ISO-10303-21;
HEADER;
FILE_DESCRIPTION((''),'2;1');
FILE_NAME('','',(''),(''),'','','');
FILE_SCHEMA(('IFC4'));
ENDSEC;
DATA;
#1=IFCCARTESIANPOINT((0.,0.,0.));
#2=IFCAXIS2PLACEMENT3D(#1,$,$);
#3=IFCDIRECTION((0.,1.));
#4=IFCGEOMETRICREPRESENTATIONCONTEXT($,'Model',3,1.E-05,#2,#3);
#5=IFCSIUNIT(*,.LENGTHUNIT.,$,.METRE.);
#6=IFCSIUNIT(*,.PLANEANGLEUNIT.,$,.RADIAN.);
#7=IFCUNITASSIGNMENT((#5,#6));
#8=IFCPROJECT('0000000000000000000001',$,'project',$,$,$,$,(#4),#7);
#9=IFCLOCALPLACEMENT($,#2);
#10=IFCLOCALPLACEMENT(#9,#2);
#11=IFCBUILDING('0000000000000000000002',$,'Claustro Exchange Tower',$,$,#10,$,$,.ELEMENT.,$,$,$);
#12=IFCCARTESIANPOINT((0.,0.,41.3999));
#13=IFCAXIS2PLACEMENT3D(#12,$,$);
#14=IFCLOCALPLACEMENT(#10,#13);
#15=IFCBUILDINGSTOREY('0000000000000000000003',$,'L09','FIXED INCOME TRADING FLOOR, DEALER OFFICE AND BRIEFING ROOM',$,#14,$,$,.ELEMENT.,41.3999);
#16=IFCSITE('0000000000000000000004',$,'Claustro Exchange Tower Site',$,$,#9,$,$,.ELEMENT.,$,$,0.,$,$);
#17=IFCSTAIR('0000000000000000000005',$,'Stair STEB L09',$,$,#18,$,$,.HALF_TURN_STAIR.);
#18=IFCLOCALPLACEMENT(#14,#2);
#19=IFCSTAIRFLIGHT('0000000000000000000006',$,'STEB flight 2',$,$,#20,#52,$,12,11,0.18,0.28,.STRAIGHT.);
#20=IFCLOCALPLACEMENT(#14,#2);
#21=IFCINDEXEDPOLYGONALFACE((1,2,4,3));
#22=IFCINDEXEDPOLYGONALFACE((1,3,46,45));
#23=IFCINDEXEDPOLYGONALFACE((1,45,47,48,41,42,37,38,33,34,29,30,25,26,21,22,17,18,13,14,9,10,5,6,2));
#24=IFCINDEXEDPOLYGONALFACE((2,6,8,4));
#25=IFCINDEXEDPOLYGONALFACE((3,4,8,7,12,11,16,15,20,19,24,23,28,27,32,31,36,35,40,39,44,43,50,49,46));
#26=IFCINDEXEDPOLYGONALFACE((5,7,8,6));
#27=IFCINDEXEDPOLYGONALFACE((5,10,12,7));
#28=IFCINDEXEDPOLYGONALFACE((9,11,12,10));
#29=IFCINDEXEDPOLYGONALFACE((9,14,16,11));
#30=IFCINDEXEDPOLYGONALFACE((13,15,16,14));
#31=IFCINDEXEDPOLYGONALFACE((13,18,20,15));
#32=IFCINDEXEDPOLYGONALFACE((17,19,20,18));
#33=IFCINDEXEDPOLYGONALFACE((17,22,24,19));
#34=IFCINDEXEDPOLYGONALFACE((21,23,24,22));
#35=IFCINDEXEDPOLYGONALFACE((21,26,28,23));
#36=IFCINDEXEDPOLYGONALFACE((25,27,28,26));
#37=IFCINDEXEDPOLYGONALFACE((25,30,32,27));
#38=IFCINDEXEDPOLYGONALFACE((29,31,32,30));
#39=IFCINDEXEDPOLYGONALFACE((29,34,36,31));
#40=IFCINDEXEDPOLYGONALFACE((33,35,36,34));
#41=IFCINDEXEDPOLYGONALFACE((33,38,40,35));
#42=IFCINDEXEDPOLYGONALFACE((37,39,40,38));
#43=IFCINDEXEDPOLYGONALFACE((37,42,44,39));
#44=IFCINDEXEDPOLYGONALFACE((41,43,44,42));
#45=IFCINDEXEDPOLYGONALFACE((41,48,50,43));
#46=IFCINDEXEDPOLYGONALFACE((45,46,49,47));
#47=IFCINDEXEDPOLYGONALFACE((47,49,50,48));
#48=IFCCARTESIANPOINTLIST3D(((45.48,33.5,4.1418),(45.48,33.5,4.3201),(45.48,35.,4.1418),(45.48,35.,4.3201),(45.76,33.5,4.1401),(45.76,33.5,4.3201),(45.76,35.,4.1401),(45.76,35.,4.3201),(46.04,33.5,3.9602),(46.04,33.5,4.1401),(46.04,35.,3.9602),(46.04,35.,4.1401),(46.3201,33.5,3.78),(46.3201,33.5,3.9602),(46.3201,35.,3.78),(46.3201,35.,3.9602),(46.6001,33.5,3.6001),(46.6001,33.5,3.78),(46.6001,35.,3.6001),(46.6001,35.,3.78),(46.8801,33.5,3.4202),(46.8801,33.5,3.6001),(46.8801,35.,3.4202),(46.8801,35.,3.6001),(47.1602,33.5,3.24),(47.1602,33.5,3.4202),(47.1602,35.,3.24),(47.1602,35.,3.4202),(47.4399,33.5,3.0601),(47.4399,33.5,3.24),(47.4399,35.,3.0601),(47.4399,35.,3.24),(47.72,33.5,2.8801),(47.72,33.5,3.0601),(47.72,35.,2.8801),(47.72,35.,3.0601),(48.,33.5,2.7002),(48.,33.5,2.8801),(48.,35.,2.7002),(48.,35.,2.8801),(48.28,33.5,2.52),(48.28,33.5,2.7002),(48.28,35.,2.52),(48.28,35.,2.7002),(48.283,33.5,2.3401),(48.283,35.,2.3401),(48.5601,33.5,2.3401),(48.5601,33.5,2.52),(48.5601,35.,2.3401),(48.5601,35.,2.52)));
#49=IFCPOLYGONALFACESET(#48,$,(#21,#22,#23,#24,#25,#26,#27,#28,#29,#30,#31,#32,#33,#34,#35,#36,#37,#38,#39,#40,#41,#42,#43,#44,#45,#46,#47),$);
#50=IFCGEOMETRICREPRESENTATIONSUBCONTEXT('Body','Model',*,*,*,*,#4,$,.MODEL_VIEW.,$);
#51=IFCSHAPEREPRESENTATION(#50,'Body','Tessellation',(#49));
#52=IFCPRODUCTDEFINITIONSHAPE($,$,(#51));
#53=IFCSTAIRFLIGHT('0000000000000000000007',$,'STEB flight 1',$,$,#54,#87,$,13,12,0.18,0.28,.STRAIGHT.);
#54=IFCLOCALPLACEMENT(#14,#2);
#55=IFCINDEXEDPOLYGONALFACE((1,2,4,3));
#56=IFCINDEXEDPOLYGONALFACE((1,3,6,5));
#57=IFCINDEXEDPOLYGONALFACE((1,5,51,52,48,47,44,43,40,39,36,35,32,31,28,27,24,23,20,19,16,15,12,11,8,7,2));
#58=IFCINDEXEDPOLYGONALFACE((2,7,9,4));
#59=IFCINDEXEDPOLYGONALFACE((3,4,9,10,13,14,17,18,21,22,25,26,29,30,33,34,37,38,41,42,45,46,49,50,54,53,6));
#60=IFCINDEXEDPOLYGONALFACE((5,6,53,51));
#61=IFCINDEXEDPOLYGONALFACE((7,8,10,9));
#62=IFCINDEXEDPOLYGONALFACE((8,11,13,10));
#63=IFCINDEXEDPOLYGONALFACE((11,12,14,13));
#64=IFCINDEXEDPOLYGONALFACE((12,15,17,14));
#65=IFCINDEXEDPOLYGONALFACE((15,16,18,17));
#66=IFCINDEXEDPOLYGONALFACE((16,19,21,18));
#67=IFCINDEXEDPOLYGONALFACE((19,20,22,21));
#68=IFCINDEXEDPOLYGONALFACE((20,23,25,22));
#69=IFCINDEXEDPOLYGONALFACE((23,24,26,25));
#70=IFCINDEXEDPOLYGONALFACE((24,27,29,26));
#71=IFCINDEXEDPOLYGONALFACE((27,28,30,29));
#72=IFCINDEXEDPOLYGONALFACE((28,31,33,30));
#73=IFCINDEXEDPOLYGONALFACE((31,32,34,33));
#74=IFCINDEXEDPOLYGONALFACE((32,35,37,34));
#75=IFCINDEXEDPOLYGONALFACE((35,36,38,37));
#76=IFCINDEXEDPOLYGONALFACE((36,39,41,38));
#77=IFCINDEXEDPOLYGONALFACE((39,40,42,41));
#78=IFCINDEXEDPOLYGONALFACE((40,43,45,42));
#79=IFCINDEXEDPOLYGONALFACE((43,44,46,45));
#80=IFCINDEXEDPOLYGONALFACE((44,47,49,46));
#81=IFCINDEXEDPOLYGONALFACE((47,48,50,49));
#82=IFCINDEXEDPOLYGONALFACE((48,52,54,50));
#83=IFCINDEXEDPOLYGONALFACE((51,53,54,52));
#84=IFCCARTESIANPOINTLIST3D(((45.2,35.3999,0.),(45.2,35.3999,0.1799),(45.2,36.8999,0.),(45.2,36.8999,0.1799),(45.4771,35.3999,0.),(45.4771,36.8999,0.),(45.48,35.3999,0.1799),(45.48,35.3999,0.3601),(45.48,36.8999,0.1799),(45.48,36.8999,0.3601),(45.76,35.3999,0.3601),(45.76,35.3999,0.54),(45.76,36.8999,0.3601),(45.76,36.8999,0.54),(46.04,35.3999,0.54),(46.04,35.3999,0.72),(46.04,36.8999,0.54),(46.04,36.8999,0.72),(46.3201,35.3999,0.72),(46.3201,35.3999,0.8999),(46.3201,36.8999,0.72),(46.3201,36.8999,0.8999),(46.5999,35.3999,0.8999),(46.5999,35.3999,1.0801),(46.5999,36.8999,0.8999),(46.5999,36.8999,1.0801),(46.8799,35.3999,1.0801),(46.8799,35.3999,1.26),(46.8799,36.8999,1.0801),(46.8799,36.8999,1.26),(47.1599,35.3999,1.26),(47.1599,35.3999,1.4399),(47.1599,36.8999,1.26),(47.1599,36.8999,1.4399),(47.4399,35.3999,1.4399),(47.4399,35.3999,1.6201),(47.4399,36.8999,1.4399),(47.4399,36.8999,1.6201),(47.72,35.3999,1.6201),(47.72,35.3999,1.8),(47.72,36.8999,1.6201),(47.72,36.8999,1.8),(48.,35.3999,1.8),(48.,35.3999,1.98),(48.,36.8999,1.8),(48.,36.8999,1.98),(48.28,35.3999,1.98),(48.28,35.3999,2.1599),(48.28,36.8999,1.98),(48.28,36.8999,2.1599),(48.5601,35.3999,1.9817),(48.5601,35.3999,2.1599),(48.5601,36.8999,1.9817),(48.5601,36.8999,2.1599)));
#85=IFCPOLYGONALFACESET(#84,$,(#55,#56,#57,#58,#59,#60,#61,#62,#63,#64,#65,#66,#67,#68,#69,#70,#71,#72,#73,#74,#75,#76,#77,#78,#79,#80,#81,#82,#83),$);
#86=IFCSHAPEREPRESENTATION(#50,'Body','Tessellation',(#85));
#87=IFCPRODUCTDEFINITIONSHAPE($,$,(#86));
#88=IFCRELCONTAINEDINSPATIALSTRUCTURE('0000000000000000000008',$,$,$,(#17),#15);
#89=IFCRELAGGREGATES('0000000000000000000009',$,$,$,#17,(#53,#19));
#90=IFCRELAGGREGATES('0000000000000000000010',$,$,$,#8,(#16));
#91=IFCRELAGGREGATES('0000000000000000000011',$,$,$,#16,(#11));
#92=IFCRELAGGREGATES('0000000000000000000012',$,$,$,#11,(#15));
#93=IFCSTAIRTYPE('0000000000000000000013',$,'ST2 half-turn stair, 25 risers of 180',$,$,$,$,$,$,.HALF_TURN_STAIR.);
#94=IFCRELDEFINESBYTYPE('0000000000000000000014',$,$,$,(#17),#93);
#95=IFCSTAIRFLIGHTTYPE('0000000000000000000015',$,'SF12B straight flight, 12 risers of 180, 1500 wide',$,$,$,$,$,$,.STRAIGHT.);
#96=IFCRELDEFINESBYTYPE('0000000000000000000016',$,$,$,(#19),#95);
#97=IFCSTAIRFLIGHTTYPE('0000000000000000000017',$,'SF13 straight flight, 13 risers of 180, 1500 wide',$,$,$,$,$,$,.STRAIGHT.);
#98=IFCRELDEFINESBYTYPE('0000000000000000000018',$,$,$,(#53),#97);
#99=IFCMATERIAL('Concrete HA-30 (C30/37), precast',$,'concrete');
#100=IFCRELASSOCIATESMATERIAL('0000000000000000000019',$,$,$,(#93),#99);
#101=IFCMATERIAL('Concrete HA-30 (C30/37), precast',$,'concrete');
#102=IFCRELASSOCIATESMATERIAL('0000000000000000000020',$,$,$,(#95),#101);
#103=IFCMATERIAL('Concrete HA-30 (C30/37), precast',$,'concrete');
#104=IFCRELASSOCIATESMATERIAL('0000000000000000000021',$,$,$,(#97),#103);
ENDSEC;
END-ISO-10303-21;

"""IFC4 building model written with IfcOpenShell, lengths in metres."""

from ifc_helpers import new_model, si_unit, direction, frame, origin, place, context, subcontext, project, spatial, polyline, outline, extrude, material, type_object, element, aggregate, save


model = new_model("IFC4")

# Units and contexts
model_context = context("Model", 3, precision=1e-05, world=origin(), true_north=direction((0.0, 1.0)))
body_context = subcontext(model_context, "Body", "Model", "MODEL_VIEW")
ifc_project = project(units=[si_unit("LENGTHUNIT", "METRE"), si_unit("PLANEANGLEUNIT", "RADIAN")], contexts=[model_context])

# Site, building, storey
site_placement = place(None, origin())
site = spatial("IfcSite", under=ifc_project, at=site_placement, Name="Claustro Exchange Tower Site", CompositionType="ELEMENT", RefElevation=0.0)
building_placement = place(site_placement, origin())
building = spatial("IfcBuilding", under=site, at=building_placement, Name="Claustro Exchange Tower", CompositionType="ELEMENT")
storey_placement = place(building_placement, frame((0.0, 0.0, 41.3999)))
storey = spatial("IfcBuildingStorey", under=building, at=storey_placement, Name="L09", Description="FIXED INCOME TRADING FLOOR, DEALER OFFICE AND BRIEFING ROOM", CompositionType="ELEMENT", Elevation=41.3999)

# Stair, stair flights
ifc_material_1 = material(Name="Concrete HA-30 (C30/37), precast", Category="concrete")
stair_type = type_object("IfcStairType", Name="ST2 half-turn stair, 25 risers of 180", PredefinedType="HALF_TURN_STAIR", material=ifc_material_1)
stair_placement = place(storey_placement, origin())
stair = element("IfcStair", 1, at=stair_placement, inside=storey, type_object=stair_type, Name="Stair STEB L09", PredefinedType="HALF_TURN_STAIR")
ifc_material_2 = material(Name="Concrete HA-30 (C30/37), precast", Category="concrete")
stair_flight_type_1 = type_object("IfcStairFlightType", Name="SF12B straight flight, 12 risers of 180, 1500 wide", PredefinedType="STRAIGHT", material=ifc_material_2)
stair_flight_1_placement = place(storey_placement, frame((48.5601, 34.25, 2.3401), z_axis=(0.0, 0.0, 1.0), x_axis=(-1.0, 0.0, 0.0)))
stair_flight_1 = element("IfcStairFlight", 2, at=stair_flight_1_placement, type_object=stair_flight_type_1, Name="STEB flight 2", NumberOfRisers=12, NumberOfTreads=11, PredefinedType="STRAIGHT", RiserHeight=0.18, TreadLength=0.28, context=body_context, shape_type="SweptSolid", body=[
    extrude(outline(polyline([(0.0, 0.0), (0.0, 0.1799), (0.28, 0.1799), (0.28, 0.3601), (0.5601, 0.3601), (0.5601, 0.54), (0.8401, 0.54), (0.8401, 0.72), (1.1201, 0.72), (1.1201, 0.8999), (1.3999, 0.8999), (1.3999, 1.0801), (1.6799, 1.0801), (1.6799, 1.26), (1.96, 1.26), (1.96, 1.4399), (2.24, 1.4399), (2.24, 1.6201), (2.52, 1.6201), (2.52, 1.8), (2.8, 1.8), (2.8, 1.98), (3.0801, 1.98), (3.0801, 2.1599), (3.0801, 1.8018), (0.2771, 0.0), (0.0, 0.0)])), frame((0.0, 0.75, 0.0), z_axis=(0.0, -1.0, 0.0), x_axis=(1.0, 0.0, 0.0)), (0.0, 0.0, 1.0), 1.5),
])
ifc_material_3 = material(Name="Concrete HA-30 (C30/37), precast", Category="concrete")
stair_flight_type_2 = type_object("IfcStairFlightType", Name="SF13 straight flight, 13 risers of 180, 1500 wide", PredefinedType="STRAIGHT", material=ifc_material_3)
stair_flight_2_placement = place(storey_placement, frame((45.2, 36.1499, 0.0), z_axis=(0.0, 0.0, 1.0), x_axis=(1.0, 0.0, 0.0)))
stair_flight_2 = element("IfcStairFlight", 3, at=stair_flight_2_placement, type_object=stair_flight_type_2, Name="STEB flight 1", NumberOfRisers=13, NumberOfTreads=12, PredefinedType="STRAIGHT", RiserHeight=0.18, TreadLength=0.28, context=body_context, shape_type="SweptSolid", body=[
    extrude(outline(polyline([(0.0, 0.0), (0.0, 0.1799), (0.28, 0.1799), (0.28, 0.3601), (0.5601, 0.3601), (0.5601, 0.54), (0.8401, 0.54), (0.8401, 0.72), (1.1201, 0.72), (1.1201, 0.8999), (1.3999, 0.8999), (1.3999, 1.0801), (1.6799, 1.0801), (1.6799, 1.26), (1.96, 1.26), (1.96, 1.4399), (2.24, 1.4399), (2.24, 1.6201), (2.52, 1.6201), (2.52, 1.8), (2.8, 1.8), (2.8, 1.98), (3.0801, 1.98), (3.0801, 2.1599), (3.3601, 2.1599), (3.3601, 2.3401), (3.3601, 1.9817), (0.2771, 0.0), (0.0, 0.0)])), frame((0.0, 0.75, 0.0), z_axis=(0.0, -1.0, 0.0), x_axis=(1.0, 0.0, 0.0)), (0.0, 0.0, 1.0), 1.5),
])
aggregate(stair, [stair_flight_2, stair_flight_1])

save(model, "model.ifc")
